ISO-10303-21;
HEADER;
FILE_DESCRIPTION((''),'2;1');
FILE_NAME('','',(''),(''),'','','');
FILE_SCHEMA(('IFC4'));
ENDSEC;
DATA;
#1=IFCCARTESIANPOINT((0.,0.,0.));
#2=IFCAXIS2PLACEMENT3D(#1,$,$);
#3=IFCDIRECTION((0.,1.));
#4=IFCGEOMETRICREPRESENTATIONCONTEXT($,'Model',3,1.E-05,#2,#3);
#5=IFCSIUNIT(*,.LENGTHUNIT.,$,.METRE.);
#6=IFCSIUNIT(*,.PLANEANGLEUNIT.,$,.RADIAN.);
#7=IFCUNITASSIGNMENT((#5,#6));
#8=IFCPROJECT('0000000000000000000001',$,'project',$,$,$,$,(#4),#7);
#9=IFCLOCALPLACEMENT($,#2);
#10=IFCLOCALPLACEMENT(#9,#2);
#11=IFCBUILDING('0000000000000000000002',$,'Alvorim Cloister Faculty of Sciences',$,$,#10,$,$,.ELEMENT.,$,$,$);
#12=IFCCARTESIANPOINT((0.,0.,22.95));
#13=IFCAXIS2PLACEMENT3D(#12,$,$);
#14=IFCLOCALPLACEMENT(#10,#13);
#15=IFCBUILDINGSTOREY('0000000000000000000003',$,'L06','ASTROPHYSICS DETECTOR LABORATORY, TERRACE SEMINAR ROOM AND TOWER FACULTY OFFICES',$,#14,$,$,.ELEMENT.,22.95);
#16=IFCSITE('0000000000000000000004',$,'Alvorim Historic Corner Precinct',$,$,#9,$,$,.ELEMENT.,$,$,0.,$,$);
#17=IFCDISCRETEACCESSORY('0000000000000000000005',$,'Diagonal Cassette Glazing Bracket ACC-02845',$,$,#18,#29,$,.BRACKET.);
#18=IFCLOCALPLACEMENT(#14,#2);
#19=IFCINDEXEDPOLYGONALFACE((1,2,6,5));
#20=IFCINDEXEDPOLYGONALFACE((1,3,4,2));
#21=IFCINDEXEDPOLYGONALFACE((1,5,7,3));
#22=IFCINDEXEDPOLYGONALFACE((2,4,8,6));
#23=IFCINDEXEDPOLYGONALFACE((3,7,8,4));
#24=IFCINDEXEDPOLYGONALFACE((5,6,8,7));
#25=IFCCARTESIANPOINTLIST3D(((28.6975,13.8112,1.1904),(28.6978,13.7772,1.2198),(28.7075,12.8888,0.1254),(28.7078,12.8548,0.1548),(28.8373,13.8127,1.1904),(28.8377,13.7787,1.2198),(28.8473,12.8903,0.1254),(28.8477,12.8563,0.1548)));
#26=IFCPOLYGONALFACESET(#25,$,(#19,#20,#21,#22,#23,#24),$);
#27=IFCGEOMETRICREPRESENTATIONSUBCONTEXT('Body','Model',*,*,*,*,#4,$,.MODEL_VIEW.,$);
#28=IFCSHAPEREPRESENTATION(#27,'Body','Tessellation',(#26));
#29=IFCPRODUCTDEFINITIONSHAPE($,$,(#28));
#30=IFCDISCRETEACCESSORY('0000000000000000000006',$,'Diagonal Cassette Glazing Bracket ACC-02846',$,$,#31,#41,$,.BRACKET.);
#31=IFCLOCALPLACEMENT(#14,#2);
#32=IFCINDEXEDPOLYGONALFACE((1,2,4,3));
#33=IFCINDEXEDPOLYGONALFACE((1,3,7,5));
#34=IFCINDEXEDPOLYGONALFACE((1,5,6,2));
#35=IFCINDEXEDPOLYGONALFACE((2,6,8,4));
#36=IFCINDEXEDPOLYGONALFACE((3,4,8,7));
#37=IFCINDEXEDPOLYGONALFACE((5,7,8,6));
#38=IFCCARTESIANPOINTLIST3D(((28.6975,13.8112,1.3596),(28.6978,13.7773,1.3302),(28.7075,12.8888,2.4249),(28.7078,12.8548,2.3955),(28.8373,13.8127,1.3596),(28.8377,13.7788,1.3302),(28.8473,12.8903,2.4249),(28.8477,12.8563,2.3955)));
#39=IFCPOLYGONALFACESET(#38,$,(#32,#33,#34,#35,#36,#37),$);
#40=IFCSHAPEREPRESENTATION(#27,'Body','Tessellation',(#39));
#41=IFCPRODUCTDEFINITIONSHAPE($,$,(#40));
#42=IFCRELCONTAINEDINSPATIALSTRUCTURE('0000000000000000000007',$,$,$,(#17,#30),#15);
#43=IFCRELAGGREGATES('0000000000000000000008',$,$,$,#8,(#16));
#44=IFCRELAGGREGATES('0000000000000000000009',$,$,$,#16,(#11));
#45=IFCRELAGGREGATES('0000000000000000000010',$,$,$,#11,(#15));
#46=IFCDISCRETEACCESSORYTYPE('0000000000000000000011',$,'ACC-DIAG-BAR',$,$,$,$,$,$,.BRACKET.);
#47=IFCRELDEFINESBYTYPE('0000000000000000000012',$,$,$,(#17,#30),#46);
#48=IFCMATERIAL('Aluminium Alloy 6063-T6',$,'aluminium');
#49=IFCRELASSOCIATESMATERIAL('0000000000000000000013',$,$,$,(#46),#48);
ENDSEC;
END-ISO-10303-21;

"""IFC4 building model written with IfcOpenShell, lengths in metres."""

from ifc_helpers import new_model, si_unit, direction, frame, origin, origin_2d, place, context, subcontext, project, spatial, rectangle, extrude, material, type_object, element, save


model = new_model("IFC4")

# Units and contexts
model_context = context("Model", 3, precision=1e-05, world=origin(), true_north=direction((0.0, 1.0)))
body_context = subcontext(model_context, "Body", "Model", "MODEL_VIEW")
ifc_project = project(units=[si_unit("LENGTHUNIT", "METRE"), si_unit("PLANEANGLEUNIT", "RADIAN")], contexts=[model_context])

# Site, building, storey
site_placement = place(None, origin())
site = spatial("IfcSite", under=ifc_project, at=site_placement, Name="Alvorim Historic Corner Precinct", CompositionType="ELEMENT", RefElevation=0.0)
building_placement = place(site_placement, origin())
building = spatial("IfcBuilding", under=site, at=building_placement, Name="Alvorim Cloister Faculty of Sciences", CompositionType="ELEMENT")
storey_placement = place(building_placement, frame((0.0, 0.0, 22.95)))
storey = spatial("IfcBuildingStorey", under=building, at=storey_placement, Name="L06", Description="ASTROPHYSICS DETECTOR LABORATORY, TERRACE SEMINAR ROOM AND TOWER FACULTY OFFICES", CompositionType="ELEMENT", Elevation=22.95)

# Shared definitions
ifc_material_1 = material(Name="Aluminium Alloy 6063-T6", Category="aluminium")

# Discrete accessories
discrete_accessory_type = type_object("IfcDiscreteAccessoryType", Name="ACC-DIAG-BAR", PredefinedType="BRACKET", material=ifc_material_1)
discrete_accessory_1_placement = place(storey_placement, frame((28.7776, 12.8726, 0.1401), z_axis=(-0.007105, 0.654676, 0.755876), x_axis=(-0.999941, -0.010852, 0.0)))
element("IfcDiscreteAccessory", 1, at=discrete_accessory_1_placement, inside=storey, type_object=discrete_accessory_type, Name="Diagonal Cassette Glazing Bracket ACC-02845", PredefinedType="BRACKET", context=body_context, shape_type="SweptSolid", body=[
    extrude(rectangle(XDim=0.1399, YDim=0.0449, at=origin_2d()), origin(), (0.0, 0.0, 1.0), 1.4089),
])
discrete_accessory_2_placement = place(storey_placement, frame((28.7776, 12.8726, 2.4102), z_axis=(-0.007104, 0.654591, -0.75595), x_axis=(-0.999941, -0.010852, 0.0)))
element("IfcDiscreteAccessory", 2, at=discrete_accessory_2_placement, inside=storey, type_object=discrete_accessory_type, Name="Diagonal Cassette Glazing Bracket ACC-02846", PredefinedType="BRACKET", context=body_context, shape_type="SweptSolid", body=[
    extrude(rectangle(XDim=0.1399, YDim=0.0449, at=origin_2d()), origin(), (0.0, 0.0, 1.0), 1.4092),
])

save(model, "model.ifc")
